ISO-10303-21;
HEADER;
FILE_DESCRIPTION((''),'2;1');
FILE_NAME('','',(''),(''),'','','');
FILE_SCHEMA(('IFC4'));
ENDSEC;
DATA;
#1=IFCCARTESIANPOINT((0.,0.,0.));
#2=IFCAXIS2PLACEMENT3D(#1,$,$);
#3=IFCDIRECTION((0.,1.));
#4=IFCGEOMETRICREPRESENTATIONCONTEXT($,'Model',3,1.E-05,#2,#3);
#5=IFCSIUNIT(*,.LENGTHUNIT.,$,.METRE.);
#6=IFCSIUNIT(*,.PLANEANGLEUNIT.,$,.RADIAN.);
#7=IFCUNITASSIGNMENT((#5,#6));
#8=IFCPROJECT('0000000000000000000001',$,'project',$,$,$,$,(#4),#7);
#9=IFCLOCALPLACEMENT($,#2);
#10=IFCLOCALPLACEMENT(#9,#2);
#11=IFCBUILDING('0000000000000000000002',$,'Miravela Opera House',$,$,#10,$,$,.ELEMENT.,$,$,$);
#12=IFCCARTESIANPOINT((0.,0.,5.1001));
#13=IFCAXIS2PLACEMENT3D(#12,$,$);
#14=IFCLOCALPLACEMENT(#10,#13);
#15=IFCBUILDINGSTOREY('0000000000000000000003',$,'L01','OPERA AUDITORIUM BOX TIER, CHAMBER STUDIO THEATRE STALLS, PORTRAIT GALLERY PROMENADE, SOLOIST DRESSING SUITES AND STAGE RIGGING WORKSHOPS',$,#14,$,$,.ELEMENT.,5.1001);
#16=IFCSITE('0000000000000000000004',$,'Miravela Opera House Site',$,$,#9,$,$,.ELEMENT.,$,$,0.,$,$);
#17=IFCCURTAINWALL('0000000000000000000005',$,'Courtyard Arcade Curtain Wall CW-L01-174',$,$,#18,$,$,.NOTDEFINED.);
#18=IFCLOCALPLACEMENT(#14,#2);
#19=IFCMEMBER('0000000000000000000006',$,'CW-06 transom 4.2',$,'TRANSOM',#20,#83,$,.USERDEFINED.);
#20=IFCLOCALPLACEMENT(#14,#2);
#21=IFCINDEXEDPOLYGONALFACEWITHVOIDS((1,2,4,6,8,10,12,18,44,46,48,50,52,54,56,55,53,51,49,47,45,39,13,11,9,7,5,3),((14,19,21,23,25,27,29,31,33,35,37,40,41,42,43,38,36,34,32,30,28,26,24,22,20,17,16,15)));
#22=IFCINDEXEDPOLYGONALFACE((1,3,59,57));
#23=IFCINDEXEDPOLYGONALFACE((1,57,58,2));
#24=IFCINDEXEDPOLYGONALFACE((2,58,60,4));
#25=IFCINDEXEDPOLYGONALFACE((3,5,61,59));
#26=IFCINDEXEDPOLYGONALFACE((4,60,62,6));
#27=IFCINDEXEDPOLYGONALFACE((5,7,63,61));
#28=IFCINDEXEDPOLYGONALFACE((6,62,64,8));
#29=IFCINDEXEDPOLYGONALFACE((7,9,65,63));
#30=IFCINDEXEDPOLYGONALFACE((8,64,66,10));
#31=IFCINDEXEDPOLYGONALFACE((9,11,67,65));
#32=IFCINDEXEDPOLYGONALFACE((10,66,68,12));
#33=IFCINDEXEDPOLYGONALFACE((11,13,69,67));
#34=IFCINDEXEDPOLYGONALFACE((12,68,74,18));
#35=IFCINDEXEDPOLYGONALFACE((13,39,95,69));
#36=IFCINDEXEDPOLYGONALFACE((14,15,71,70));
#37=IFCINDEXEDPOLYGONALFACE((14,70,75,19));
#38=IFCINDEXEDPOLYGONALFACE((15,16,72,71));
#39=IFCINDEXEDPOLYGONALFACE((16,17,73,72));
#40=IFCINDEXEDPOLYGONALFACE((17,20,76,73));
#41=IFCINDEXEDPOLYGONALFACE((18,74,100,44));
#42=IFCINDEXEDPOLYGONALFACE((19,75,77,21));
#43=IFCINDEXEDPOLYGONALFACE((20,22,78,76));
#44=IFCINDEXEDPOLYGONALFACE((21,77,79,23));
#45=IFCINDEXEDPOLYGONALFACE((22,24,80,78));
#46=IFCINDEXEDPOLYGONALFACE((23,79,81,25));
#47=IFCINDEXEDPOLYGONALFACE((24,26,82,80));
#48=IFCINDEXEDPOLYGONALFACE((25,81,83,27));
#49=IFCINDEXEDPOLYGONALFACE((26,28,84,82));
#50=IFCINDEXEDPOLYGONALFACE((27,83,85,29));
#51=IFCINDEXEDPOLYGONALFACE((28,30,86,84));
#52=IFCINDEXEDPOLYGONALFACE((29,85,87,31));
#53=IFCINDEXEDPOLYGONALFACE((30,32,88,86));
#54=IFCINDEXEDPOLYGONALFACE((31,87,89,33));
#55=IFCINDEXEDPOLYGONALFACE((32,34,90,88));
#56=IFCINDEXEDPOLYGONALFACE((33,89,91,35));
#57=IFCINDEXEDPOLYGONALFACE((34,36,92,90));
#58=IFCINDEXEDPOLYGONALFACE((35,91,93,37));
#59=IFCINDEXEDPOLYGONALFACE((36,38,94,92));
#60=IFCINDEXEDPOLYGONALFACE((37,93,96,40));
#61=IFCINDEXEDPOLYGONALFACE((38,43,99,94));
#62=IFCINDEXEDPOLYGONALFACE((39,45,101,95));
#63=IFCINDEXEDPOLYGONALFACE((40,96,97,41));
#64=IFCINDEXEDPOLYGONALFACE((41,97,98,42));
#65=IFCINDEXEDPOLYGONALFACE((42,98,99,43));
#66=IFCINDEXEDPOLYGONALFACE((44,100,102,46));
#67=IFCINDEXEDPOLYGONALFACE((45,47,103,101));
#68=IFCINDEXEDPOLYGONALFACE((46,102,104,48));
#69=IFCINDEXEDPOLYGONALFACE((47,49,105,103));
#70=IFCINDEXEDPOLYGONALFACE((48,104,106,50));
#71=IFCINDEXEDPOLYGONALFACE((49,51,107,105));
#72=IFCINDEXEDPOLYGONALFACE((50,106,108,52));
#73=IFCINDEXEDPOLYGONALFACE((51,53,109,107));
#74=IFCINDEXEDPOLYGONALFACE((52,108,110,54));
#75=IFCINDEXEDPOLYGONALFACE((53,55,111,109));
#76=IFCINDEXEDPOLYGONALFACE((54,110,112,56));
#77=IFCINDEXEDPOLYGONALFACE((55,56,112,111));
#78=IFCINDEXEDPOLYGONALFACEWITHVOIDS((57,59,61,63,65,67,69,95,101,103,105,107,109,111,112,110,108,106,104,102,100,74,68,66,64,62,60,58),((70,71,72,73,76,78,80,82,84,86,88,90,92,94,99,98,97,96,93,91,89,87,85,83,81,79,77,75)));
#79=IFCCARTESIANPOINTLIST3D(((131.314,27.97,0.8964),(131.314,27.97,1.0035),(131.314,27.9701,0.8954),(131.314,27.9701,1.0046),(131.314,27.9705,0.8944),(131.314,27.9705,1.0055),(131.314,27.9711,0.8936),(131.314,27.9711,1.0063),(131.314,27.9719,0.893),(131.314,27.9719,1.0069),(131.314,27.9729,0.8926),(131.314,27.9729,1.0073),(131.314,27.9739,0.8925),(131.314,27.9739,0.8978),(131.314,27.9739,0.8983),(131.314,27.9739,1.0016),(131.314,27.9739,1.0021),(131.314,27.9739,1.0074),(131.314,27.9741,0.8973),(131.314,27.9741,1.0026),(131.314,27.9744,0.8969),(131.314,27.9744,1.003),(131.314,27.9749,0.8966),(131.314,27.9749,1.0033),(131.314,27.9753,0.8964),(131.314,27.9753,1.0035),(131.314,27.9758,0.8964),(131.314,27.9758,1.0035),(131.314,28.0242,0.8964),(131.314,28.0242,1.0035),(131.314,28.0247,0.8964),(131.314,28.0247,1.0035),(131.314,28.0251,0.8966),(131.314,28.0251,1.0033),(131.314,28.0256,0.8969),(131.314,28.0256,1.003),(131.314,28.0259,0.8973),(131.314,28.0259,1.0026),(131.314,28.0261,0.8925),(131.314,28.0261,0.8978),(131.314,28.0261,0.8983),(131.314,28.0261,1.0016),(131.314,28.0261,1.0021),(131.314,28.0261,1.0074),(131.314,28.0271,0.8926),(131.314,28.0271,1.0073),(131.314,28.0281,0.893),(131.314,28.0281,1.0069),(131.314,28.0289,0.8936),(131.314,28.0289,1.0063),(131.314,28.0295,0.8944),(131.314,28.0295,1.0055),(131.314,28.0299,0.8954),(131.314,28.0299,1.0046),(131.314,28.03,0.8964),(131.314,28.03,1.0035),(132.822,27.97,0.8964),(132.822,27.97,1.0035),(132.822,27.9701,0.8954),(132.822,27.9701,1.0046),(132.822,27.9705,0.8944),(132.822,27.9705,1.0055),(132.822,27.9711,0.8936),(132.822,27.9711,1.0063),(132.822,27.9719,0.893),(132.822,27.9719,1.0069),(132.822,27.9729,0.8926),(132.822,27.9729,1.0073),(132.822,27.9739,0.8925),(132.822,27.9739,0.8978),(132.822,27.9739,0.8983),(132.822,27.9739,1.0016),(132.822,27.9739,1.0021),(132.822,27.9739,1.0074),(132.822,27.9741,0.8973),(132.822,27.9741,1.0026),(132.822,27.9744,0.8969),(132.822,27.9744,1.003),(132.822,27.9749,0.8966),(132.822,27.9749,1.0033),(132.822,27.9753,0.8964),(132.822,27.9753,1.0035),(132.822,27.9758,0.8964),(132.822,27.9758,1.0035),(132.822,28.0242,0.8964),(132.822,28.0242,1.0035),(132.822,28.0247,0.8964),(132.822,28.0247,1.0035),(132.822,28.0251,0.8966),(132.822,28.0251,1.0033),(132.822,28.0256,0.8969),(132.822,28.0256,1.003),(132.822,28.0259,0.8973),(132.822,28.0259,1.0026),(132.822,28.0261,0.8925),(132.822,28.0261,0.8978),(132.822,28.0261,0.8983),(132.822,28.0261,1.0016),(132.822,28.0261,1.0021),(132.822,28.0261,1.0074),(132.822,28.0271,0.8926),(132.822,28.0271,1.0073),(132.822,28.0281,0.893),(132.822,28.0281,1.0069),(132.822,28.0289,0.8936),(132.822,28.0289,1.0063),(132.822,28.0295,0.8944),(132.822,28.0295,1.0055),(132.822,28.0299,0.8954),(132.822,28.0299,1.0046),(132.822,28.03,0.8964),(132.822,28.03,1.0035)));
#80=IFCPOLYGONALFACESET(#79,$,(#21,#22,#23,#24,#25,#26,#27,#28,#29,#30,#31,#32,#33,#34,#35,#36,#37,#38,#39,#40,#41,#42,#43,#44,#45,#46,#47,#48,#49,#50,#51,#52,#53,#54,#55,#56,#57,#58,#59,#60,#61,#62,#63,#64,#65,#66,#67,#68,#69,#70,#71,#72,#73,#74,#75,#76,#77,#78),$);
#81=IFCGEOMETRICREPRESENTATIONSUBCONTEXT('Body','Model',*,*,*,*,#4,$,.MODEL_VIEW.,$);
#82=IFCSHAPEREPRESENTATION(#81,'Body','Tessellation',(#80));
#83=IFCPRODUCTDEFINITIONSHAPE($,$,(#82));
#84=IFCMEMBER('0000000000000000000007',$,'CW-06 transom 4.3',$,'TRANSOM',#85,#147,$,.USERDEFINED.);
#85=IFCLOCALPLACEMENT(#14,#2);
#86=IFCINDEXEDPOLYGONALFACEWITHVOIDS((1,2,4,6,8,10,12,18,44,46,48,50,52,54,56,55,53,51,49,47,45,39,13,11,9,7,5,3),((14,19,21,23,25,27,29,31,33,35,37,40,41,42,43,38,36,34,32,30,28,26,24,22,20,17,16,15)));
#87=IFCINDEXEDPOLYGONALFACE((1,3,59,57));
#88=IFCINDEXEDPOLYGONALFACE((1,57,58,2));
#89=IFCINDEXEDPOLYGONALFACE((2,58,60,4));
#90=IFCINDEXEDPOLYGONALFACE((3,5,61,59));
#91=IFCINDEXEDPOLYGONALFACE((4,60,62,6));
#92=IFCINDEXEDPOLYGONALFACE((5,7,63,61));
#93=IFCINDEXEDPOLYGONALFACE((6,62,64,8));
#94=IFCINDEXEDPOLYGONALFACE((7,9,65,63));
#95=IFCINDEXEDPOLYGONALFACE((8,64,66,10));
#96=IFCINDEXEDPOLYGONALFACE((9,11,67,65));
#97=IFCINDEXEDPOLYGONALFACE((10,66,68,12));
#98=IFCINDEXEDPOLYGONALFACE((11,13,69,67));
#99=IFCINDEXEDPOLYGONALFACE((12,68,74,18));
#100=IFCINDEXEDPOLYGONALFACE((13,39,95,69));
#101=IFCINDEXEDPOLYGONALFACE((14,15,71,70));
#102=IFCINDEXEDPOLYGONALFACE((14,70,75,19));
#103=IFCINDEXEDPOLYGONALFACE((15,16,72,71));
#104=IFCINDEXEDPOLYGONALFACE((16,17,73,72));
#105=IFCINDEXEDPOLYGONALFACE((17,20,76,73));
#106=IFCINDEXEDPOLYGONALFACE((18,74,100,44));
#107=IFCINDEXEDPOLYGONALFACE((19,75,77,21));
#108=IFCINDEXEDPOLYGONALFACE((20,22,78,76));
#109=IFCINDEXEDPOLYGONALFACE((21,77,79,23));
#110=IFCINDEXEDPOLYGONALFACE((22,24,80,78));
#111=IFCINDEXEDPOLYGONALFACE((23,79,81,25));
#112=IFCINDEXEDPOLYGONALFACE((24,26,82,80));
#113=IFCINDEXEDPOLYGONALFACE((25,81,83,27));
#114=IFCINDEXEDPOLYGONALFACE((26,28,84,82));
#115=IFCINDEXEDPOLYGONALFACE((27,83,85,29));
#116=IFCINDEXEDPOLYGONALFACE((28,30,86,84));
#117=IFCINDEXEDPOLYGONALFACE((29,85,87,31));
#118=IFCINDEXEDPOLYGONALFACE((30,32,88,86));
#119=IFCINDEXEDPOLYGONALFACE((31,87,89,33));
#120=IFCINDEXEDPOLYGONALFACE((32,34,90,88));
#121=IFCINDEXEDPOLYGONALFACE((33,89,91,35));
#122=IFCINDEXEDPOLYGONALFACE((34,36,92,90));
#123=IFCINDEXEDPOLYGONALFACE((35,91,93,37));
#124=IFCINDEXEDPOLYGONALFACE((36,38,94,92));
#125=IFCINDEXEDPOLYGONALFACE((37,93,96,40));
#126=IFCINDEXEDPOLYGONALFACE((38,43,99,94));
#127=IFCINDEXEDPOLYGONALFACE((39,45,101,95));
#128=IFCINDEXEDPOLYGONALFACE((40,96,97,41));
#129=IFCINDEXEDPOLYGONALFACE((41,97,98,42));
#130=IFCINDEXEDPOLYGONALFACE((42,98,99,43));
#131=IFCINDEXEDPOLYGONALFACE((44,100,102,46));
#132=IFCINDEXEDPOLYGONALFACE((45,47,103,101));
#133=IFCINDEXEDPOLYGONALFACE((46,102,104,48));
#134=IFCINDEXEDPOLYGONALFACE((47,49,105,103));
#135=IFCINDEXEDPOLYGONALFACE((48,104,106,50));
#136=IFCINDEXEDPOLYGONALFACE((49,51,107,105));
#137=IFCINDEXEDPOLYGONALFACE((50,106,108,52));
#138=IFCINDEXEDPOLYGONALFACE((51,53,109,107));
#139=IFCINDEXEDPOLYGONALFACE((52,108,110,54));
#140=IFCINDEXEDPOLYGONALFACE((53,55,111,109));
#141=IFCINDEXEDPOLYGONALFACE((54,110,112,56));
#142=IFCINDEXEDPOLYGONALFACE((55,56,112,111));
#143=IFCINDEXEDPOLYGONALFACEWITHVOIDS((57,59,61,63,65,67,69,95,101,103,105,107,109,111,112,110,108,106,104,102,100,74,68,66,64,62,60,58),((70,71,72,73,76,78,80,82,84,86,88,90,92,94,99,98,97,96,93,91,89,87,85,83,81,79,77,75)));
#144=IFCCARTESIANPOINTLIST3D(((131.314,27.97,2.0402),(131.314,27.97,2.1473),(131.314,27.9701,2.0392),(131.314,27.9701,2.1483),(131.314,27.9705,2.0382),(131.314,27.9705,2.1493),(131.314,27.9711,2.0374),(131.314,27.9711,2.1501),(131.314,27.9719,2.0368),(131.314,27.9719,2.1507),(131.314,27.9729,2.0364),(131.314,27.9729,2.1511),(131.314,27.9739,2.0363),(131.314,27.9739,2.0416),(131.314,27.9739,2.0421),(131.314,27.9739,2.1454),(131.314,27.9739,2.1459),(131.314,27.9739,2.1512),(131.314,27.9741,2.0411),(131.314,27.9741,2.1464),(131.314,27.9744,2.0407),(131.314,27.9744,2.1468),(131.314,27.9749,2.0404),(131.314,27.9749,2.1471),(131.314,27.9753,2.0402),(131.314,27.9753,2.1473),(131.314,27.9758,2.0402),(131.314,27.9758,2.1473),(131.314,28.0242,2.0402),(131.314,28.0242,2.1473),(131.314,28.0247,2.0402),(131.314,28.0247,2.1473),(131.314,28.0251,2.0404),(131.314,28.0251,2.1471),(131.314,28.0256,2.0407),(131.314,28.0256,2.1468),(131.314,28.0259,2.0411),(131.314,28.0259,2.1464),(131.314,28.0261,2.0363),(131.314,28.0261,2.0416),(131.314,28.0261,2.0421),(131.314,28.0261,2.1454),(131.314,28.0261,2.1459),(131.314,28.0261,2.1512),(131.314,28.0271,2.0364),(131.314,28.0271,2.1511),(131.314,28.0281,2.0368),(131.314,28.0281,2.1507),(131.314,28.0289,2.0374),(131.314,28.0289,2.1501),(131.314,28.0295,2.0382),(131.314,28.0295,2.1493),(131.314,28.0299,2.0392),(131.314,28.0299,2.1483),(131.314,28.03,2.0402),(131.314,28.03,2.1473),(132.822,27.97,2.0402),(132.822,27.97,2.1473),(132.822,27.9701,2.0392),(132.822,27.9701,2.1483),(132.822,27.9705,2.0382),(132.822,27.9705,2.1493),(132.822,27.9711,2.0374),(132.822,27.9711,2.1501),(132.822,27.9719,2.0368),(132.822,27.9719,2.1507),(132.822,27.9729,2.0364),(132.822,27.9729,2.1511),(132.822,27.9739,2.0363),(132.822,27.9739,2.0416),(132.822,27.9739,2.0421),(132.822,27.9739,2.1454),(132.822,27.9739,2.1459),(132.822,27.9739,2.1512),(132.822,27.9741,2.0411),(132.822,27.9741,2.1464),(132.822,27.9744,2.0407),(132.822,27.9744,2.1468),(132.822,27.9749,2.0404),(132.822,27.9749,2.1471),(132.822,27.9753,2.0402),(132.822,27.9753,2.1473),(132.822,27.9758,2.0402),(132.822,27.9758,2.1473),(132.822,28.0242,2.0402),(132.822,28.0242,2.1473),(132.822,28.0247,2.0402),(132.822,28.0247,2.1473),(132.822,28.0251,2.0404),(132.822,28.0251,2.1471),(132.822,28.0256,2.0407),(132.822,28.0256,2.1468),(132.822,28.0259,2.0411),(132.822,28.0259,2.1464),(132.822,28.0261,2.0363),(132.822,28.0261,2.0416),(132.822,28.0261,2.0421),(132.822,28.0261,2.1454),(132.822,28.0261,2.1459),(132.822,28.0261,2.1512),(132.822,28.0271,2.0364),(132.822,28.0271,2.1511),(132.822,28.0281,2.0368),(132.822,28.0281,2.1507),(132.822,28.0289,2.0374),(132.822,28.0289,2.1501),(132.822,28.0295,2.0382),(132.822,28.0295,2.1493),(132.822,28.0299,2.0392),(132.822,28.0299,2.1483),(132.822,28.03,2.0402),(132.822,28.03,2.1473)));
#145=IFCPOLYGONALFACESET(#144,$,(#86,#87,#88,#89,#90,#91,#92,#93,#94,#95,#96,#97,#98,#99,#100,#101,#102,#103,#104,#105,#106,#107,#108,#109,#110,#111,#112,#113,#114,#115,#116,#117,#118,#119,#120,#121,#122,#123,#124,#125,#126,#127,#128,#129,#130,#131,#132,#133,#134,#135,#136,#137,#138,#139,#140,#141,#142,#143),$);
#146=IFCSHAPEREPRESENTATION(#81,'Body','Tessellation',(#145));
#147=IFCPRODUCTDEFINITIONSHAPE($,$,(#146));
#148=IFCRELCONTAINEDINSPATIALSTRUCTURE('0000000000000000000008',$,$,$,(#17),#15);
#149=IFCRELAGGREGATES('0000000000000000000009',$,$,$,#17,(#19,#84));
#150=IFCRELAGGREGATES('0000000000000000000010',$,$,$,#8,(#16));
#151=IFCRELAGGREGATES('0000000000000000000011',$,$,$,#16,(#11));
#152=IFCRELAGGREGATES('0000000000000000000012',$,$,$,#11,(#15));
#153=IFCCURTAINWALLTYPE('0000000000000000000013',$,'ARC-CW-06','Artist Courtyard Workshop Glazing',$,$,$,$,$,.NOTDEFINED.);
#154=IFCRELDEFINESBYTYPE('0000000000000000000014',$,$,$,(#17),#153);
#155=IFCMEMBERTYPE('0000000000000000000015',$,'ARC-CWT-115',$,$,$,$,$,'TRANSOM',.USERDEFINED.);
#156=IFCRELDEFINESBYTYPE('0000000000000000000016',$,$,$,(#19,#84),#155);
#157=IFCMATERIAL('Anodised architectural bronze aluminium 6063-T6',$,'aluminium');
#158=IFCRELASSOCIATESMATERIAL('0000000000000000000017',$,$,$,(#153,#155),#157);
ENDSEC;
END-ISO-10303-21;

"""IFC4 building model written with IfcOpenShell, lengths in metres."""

from ifc_helpers import new_model, si_unit, direction, frame, origin, origin_2d, place, context, subcontext, project, spatial, hollow_rectangle, extrude, material, material_profile, profile_set, type_object, element, aggregate, save


model = new_model("IFC4")

# Units and contexts
model_context = context("Model", 3, precision=1e-05, world=origin(), true_north=direction((0.0, 1.0)))
body_context = subcontext(model_context, "Body", "Model", "MODEL_VIEW")
ifc_project = project(units=[si_unit("LENGTHUNIT", "METRE"), si_unit("PLANEANGLEUNIT", "RADIAN")], contexts=[model_context])

# Site, building, storey
site_placement = place(None, origin())
site = spatial("IfcSite", under=ifc_project, at=site_placement, Name="Miravela Opera House Site", CompositionType="ELEMENT", RefElevation=0.0)
building_placement = place(site_placement, origin())
building = spatial("IfcBuilding", under=site, at=building_placement, Name="Miravela Opera House", CompositionType="ELEMENT")
storey_placement = place(building_placement, frame((0.0, 0.0, 5.1001)))
storey = spatial("IfcBuildingStorey", under=building, at=storey_placement, Name="L01", Description="OPERA AUDITORIUM BOX TIER, CHAMBER STUDIO THEATRE STALLS, PORTRAIT GALLERY PROMENADE, SOLOIST DRESSING SUITES AND STAGE RIGGING WORKSHOPS", CompositionType="ELEMENT", Elevation=5.1001)

# Curtain wall, members
ifc_material_1 = material(Name="Anodised architectural bronze aluminium 6063-T6", Category="aluminium")
curtain_wall_type = type_object("IfcCurtainWallType", Name="ARC-CW-06", Description="Artist Courtyard Workshop Glazing", PredefinedType="NOTDEFINED", material=ifc_material_1)
curtain_wall_placement = place(storey_placement, origin())
curtain_wall = element("IfcCurtainWall", 1, at=curtain_wall_placement, inside=storey, type_object=curtain_wall_type, Name="Courtyard Arcade Curtain Wall CW-L01-174", PredefinedType="NOTDEFINED")
ifc_material_profile_1 = material_profile(ifc_material_1, hollow_rectangle(XDim=0.0601, YDim=0.115, WallThickness=0.0039, InnerFilletRadius=0.002, OuterFilletRadius=0.0039, at=origin_2d()), Name="CWT-60X115")
ifc_profile_set_1 = profile_set([ifc_material_profile_1])
member_type_1 = type_object("IfcMemberType", Name="ARC-CWT-115", ElementType="TRANSOM", PredefinedType="USERDEFINED", material=ifc_profile_set_1)
member_1_placement = place(storey_placement, frame((131.314, 28.0, 0.95), z_axis=(1.0, 0.0, 0.0), x_axis=(0.0, 1.0, 0.0)))
member_1 = element("IfcMember", 2, at=member_1_placement, type_object=member_type_1, Name="CW-06 transom 4.2", ObjectType="TRANSOM", PredefinedType="USERDEFINED", context=body_context, shape_type="SweptSolid", body=[
    extrude(hollow_rectangle(XDim=0.0601, YDim=0.115, WallThickness=0.0039, InnerFilletRadius=0.002, OuterFilletRadius=0.0039, at=origin_2d()), origin(), (0.0, 0.0, 1.0), 1.5081),
])
member_2_placement = place(storey_placement, frame((131.314, 28.0, 2.0938), z_axis=(1.0, 0.0, 0.0), x_axis=(0.0, 1.0, 0.0)))
member_2 = element("IfcMember", 3, at=member_2_placement, type_object=member_type_1, Name="CW-06 transom 4.3", ObjectType="TRANSOM", PredefinedType="USERDEFINED", context=body_context, shape_type="SweptSolid", body=[
    extrude(hollow_rectangle(XDim=0.0601, YDim=0.115, WallThickness=0.0039, InnerFilletRadius=0.002, OuterFilletRadius=0.0039, at=origin_2d()), origin(), (0.0, 0.0, 1.0), 1.5081),
])
aggregate(curtain_wall, [member_1, member_2])

save(model, "model.ifc")
